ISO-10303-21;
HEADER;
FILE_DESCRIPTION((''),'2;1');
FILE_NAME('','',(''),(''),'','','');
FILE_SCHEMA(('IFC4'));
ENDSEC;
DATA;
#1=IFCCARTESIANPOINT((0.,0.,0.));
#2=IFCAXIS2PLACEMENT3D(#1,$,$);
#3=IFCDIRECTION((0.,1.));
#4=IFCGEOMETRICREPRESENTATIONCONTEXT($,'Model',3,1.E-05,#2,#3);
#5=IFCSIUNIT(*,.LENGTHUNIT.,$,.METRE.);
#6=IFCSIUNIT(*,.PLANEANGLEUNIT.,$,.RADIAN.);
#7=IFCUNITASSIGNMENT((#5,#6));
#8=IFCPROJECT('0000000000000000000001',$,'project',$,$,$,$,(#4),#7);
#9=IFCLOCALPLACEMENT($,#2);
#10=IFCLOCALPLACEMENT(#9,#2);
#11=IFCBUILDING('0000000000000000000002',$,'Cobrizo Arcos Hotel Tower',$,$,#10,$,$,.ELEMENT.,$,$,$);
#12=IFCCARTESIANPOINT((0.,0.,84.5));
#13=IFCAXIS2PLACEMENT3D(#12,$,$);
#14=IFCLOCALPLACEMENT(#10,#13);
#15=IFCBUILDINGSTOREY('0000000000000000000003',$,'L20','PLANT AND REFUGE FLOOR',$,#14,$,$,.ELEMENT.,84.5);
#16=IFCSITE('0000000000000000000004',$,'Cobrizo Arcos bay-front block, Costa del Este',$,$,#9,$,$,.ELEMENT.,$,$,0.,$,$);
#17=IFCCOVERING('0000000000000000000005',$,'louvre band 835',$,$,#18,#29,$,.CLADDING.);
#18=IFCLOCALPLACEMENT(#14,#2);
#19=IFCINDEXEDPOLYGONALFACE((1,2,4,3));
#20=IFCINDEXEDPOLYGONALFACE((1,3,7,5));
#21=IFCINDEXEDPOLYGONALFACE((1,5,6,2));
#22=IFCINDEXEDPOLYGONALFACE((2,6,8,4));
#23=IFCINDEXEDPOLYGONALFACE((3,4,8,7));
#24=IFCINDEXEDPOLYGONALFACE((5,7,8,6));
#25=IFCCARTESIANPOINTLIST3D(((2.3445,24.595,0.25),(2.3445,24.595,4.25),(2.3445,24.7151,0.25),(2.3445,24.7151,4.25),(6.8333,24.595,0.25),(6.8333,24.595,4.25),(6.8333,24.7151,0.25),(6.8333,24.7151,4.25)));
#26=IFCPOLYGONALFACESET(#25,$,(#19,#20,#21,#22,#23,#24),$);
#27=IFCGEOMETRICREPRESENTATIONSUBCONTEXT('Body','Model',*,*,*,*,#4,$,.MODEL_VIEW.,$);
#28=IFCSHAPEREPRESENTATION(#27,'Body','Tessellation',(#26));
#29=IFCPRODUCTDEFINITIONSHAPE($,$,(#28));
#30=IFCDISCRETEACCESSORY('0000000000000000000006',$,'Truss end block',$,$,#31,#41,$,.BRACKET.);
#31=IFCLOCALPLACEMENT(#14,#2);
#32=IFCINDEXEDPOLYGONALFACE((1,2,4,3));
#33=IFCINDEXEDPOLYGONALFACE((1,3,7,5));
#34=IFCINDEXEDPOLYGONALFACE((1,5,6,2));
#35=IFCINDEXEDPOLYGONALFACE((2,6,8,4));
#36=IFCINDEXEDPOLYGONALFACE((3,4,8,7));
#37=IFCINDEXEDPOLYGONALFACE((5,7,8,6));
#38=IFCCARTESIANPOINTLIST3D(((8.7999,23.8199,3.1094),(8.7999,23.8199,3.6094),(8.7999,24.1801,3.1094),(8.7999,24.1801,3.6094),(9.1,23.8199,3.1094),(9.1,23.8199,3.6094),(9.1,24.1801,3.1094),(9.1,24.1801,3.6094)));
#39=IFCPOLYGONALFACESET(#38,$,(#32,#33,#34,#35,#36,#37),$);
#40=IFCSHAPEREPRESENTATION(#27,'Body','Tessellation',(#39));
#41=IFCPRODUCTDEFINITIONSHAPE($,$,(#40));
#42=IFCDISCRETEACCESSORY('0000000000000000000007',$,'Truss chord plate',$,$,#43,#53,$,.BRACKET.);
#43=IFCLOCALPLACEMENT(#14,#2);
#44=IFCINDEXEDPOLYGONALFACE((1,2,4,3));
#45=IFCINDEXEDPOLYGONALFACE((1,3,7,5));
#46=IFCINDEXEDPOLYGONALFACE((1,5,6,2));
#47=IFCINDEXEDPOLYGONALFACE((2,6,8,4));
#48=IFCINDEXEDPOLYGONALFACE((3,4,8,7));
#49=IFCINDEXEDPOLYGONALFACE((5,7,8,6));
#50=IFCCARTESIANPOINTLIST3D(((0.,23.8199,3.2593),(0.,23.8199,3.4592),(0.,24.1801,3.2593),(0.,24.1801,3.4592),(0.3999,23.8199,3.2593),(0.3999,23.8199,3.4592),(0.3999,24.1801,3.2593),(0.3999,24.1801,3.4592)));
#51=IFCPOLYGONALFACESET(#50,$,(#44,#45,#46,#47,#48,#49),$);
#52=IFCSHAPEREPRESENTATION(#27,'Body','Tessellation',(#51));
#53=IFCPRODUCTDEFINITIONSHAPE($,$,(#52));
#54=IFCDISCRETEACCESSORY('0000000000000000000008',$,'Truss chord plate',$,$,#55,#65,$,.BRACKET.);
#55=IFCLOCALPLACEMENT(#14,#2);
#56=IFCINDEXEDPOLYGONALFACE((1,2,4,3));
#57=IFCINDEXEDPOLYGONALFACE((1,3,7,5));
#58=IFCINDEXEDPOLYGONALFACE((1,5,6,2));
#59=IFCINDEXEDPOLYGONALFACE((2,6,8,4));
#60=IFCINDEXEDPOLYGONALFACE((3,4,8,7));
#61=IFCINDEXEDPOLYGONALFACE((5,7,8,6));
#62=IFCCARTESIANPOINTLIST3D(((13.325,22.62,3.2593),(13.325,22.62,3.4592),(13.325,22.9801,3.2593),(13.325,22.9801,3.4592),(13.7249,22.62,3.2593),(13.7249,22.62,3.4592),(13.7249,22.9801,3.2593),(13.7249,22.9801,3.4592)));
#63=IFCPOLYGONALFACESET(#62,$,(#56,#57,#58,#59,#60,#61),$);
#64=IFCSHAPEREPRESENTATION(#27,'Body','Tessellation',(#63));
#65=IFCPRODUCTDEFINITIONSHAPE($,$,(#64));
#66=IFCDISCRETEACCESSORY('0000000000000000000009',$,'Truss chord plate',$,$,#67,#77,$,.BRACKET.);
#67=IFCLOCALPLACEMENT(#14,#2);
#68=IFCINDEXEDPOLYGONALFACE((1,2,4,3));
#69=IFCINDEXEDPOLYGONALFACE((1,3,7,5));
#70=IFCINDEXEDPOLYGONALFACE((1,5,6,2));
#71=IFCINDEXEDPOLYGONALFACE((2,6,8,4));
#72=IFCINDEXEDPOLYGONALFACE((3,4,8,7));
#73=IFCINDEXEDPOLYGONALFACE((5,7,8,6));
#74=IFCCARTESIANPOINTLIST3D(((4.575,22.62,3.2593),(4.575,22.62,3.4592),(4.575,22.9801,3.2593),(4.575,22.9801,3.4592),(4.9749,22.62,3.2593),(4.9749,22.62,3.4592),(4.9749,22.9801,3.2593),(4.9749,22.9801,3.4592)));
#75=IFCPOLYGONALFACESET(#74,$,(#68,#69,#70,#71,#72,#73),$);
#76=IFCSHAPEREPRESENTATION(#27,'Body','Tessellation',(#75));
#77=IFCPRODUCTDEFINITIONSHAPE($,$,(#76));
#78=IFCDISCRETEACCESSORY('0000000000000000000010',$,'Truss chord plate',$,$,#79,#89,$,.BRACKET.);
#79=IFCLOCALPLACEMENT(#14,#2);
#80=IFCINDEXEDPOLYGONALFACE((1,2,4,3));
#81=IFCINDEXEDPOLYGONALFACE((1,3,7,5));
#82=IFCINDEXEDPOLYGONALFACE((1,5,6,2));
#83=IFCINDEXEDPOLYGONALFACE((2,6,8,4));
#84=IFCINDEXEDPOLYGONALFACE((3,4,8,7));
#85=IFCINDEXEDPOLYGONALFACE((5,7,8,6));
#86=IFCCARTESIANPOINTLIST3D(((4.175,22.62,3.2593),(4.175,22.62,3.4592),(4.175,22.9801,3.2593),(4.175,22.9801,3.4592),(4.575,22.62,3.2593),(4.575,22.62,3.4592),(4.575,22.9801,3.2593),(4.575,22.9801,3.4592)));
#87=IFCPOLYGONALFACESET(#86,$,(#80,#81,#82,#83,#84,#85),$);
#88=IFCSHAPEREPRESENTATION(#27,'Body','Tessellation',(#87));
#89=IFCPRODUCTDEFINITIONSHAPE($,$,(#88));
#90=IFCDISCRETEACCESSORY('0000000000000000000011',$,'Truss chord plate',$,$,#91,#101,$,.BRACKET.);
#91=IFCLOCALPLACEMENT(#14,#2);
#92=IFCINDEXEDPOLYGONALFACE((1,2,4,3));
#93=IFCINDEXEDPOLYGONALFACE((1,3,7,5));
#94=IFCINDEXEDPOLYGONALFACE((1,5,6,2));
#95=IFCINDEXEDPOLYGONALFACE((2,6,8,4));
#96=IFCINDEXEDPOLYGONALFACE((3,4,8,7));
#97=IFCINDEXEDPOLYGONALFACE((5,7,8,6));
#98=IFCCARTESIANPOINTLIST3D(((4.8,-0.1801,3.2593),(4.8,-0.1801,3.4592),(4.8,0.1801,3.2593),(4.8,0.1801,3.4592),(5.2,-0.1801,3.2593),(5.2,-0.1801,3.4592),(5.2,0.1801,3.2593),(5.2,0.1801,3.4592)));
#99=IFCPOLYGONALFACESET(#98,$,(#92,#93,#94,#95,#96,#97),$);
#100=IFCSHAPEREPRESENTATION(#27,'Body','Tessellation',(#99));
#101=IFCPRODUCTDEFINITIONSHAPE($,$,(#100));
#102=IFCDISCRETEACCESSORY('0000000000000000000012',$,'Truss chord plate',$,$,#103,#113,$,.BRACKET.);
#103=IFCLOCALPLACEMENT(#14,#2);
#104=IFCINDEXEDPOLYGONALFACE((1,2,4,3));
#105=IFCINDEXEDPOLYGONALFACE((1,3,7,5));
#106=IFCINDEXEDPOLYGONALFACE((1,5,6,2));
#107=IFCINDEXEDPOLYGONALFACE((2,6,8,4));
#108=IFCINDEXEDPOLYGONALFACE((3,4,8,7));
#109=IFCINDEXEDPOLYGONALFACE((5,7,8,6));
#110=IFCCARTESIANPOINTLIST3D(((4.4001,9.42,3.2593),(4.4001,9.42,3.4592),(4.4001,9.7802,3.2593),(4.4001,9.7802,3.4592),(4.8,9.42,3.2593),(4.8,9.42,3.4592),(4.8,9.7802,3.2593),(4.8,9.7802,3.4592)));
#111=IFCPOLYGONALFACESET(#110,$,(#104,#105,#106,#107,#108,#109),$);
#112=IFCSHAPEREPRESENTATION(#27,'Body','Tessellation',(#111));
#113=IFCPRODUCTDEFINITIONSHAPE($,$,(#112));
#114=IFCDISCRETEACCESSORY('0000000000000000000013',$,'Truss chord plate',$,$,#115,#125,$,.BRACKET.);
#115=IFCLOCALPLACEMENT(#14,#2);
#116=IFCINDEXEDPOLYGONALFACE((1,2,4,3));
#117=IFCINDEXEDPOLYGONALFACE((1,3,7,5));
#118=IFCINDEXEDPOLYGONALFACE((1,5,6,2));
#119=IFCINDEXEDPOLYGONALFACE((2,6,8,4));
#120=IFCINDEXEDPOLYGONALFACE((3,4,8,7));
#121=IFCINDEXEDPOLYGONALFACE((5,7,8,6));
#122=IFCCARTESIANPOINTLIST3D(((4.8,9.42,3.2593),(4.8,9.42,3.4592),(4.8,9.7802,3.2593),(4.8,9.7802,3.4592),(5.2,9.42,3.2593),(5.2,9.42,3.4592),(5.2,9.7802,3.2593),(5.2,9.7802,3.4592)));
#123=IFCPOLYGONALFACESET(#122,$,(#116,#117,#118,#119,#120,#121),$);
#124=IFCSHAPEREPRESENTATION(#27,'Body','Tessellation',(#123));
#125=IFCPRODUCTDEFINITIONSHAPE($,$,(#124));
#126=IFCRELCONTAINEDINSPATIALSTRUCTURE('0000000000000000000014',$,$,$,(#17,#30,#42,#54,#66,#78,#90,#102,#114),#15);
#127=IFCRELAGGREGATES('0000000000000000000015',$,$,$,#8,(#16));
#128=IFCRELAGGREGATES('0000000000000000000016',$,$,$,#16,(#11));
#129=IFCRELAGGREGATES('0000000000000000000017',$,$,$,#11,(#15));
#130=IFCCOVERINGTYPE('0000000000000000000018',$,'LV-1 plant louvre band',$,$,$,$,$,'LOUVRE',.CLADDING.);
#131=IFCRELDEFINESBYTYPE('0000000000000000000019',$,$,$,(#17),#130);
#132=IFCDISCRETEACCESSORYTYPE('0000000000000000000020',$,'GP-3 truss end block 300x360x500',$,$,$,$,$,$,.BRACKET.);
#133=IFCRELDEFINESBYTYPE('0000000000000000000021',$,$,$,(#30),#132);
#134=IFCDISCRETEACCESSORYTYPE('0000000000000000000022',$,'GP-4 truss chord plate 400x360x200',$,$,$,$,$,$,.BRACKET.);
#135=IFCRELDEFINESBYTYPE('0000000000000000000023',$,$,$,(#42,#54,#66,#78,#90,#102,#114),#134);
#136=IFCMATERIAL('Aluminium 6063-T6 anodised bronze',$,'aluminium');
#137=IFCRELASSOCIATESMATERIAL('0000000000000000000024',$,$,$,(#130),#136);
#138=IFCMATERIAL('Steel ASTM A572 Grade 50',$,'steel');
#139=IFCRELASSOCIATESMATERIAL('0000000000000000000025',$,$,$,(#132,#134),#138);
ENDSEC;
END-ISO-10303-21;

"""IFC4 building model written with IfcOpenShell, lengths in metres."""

from ifc_helpers import new_model, si_unit, direction, frame, origin, origin_2d, place, context, subcontext, project, spatial, rectangle, extrude, material, type_object, element, save


model = new_model("IFC4")

# Units and contexts
model_context = context("Model", 3, precision=1e-05, world=origin(), true_north=direction((0.0, 1.0)))
body_context = subcontext(model_context, "Body", "Model", "MODEL_VIEW")
ifc_project = project(units=[si_unit("LENGTHUNIT", "METRE"), si_unit("PLANEANGLEUNIT", "RADIAN")], contexts=[model_context])

# Site, building, storey
site_placement = place(None, origin())
site = spatial("IfcSite", under=ifc_project, at=site_placement, Name="Cobrizo Arcos bay-front block, Costa del Este", CompositionType="ELEMENT", RefElevation=0.0)
building_placement = place(site_placement, origin())
building = spatial("IfcBuilding", under=site, at=building_placement, Name="Cobrizo Arcos Hotel Tower", CompositionType="ELEMENT")
storey_placement = place(building_placement, frame((0.0, 0.0, 84.5)))
storey = spatial("IfcBuildingStorey", under=building, at=storey_placement, Name="L20", Description="PLANT AND REFUGE FLOOR", CompositionType="ELEMENT", Elevation=84.5)

# Shared definitions
ifc_material_1 = material(Name="Aluminium 6063-T6 anodised bronze", Category="aluminium")

# Covering
covering_type = type_object("IfcCoveringType", Name="LV-1 plant louvre band", ElementType="LOUVRE", PredefinedType="CLADDING", material=ifc_material_1)
for number, where, z_axis, x_axis, name in (
    (1, (4.5889, 24.655, 0.25), (0.0, 0.0, 1.0), (-1.0, 0.0, 0.0), "louvre band 835"),
):
    element("IfcCovering", number, at=place(storey_placement, frame(where, z_axis=z_axis, x_axis=x_axis)), inside=storey, type_object=covering_type, Name=name, PredefinedType="CLADDING", context=body_context, shape_type="SweptSolid", body=[
        extrude(rectangle(XDim=4.4888, YDim=0.1201, at=origin_2d()), origin(), (0.0, 0.0, 1.0), 4.0),
    ])

# Discrete accessories
ifc_material_2 = material(Name="Steel ASTM A572 Grade 50", Category="steel")
discrete_accessory_type_1 = type_object("IfcDiscreteAccessoryType", Name="GP-3 truss end block 300x360x500", PredefinedType="BRACKET", material=ifc_material_2)
discrete_accessory_placement = place(storey_placement, frame((8.95, 24.0, 3.1094), z_axis=(0.0, 0.0, 1.0), x_axis=(-1.0, 0.0, 0.0)))
element("IfcDiscreteAccessory", 2, at=discrete_accessory_placement, inside=storey, type_object=discrete_accessory_type_1, Name="Truss end block", PredefinedType="BRACKET", context=body_context, shape_type="SweptSolid", body=[
    extrude(rectangle(XDim=0.3, YDim=0.3601, at=origin_2d()), origin(), (0.0, 0.0, 1.0), 0.5),
])
discrete_accessory_type_2 = type_object("IfcDiscreteAccessoryType", Name="GP-4 truss chord plate 400x360x200", PredefinedType="BRACKET", material=ifc_material_2)
for number, where, z_axis, x_axis, name in (
    (3, (0.2, 24.0, 3.2593), (0.0, 0.0, 1.0), (-1.0, 0.0, 0.0), "Truss chord plate"),
    (4, (13.5249, 22.8, 3.2593), (0.0, 0.0, 1.0), (-1.0, 0.0, 0.0), "Truss chord plate"),
    (5, (4.7749, 22.8, 3.2593), (0.0, 0.0, 1.0), (-1.0, 0.0, 0.0), "Truss chord plate"),
    (6, (4.375, 22.8, 3.2593), (0.0, 0.0, 1.0), (-1.0, 0.0, 0.0), "Truss chord plate"),
    (7, (5.0, 0.0, 3.2593), (0.0, 0.0, 1.0), (1.0, 0.0, 0.0), "Truss chord plate"),
    (8, (4.6001, 9.6001, 3.2593), (0.0, 0.0, 1.0), (1.0, 0.0, 0.0), "Truss chord plate"),
    (9, (5.0, 9.6001, 3.2593), (0.0, 0.0, 1.0), (1.0, 0.0, 0.0), "Truss chord plate"),
):
    element("IfcDiscreteAccessory", number, at=place(storey_placement, frame(where, z_axis=z_axis, x_axis=x_axis)), inside=storey, type_object=discrete_accessory_type_2, Name=name, PredefinedType="BRACKET", context=body_context, shape_type="SweptSolid", body=[
        extrude(rectangle(XDim=0.3999, YDim=0.3601, at=origin_2d()), origin(), (0.0, 0.0, 1.0), 0.2),
    ])

save(model, "model.ifc")
